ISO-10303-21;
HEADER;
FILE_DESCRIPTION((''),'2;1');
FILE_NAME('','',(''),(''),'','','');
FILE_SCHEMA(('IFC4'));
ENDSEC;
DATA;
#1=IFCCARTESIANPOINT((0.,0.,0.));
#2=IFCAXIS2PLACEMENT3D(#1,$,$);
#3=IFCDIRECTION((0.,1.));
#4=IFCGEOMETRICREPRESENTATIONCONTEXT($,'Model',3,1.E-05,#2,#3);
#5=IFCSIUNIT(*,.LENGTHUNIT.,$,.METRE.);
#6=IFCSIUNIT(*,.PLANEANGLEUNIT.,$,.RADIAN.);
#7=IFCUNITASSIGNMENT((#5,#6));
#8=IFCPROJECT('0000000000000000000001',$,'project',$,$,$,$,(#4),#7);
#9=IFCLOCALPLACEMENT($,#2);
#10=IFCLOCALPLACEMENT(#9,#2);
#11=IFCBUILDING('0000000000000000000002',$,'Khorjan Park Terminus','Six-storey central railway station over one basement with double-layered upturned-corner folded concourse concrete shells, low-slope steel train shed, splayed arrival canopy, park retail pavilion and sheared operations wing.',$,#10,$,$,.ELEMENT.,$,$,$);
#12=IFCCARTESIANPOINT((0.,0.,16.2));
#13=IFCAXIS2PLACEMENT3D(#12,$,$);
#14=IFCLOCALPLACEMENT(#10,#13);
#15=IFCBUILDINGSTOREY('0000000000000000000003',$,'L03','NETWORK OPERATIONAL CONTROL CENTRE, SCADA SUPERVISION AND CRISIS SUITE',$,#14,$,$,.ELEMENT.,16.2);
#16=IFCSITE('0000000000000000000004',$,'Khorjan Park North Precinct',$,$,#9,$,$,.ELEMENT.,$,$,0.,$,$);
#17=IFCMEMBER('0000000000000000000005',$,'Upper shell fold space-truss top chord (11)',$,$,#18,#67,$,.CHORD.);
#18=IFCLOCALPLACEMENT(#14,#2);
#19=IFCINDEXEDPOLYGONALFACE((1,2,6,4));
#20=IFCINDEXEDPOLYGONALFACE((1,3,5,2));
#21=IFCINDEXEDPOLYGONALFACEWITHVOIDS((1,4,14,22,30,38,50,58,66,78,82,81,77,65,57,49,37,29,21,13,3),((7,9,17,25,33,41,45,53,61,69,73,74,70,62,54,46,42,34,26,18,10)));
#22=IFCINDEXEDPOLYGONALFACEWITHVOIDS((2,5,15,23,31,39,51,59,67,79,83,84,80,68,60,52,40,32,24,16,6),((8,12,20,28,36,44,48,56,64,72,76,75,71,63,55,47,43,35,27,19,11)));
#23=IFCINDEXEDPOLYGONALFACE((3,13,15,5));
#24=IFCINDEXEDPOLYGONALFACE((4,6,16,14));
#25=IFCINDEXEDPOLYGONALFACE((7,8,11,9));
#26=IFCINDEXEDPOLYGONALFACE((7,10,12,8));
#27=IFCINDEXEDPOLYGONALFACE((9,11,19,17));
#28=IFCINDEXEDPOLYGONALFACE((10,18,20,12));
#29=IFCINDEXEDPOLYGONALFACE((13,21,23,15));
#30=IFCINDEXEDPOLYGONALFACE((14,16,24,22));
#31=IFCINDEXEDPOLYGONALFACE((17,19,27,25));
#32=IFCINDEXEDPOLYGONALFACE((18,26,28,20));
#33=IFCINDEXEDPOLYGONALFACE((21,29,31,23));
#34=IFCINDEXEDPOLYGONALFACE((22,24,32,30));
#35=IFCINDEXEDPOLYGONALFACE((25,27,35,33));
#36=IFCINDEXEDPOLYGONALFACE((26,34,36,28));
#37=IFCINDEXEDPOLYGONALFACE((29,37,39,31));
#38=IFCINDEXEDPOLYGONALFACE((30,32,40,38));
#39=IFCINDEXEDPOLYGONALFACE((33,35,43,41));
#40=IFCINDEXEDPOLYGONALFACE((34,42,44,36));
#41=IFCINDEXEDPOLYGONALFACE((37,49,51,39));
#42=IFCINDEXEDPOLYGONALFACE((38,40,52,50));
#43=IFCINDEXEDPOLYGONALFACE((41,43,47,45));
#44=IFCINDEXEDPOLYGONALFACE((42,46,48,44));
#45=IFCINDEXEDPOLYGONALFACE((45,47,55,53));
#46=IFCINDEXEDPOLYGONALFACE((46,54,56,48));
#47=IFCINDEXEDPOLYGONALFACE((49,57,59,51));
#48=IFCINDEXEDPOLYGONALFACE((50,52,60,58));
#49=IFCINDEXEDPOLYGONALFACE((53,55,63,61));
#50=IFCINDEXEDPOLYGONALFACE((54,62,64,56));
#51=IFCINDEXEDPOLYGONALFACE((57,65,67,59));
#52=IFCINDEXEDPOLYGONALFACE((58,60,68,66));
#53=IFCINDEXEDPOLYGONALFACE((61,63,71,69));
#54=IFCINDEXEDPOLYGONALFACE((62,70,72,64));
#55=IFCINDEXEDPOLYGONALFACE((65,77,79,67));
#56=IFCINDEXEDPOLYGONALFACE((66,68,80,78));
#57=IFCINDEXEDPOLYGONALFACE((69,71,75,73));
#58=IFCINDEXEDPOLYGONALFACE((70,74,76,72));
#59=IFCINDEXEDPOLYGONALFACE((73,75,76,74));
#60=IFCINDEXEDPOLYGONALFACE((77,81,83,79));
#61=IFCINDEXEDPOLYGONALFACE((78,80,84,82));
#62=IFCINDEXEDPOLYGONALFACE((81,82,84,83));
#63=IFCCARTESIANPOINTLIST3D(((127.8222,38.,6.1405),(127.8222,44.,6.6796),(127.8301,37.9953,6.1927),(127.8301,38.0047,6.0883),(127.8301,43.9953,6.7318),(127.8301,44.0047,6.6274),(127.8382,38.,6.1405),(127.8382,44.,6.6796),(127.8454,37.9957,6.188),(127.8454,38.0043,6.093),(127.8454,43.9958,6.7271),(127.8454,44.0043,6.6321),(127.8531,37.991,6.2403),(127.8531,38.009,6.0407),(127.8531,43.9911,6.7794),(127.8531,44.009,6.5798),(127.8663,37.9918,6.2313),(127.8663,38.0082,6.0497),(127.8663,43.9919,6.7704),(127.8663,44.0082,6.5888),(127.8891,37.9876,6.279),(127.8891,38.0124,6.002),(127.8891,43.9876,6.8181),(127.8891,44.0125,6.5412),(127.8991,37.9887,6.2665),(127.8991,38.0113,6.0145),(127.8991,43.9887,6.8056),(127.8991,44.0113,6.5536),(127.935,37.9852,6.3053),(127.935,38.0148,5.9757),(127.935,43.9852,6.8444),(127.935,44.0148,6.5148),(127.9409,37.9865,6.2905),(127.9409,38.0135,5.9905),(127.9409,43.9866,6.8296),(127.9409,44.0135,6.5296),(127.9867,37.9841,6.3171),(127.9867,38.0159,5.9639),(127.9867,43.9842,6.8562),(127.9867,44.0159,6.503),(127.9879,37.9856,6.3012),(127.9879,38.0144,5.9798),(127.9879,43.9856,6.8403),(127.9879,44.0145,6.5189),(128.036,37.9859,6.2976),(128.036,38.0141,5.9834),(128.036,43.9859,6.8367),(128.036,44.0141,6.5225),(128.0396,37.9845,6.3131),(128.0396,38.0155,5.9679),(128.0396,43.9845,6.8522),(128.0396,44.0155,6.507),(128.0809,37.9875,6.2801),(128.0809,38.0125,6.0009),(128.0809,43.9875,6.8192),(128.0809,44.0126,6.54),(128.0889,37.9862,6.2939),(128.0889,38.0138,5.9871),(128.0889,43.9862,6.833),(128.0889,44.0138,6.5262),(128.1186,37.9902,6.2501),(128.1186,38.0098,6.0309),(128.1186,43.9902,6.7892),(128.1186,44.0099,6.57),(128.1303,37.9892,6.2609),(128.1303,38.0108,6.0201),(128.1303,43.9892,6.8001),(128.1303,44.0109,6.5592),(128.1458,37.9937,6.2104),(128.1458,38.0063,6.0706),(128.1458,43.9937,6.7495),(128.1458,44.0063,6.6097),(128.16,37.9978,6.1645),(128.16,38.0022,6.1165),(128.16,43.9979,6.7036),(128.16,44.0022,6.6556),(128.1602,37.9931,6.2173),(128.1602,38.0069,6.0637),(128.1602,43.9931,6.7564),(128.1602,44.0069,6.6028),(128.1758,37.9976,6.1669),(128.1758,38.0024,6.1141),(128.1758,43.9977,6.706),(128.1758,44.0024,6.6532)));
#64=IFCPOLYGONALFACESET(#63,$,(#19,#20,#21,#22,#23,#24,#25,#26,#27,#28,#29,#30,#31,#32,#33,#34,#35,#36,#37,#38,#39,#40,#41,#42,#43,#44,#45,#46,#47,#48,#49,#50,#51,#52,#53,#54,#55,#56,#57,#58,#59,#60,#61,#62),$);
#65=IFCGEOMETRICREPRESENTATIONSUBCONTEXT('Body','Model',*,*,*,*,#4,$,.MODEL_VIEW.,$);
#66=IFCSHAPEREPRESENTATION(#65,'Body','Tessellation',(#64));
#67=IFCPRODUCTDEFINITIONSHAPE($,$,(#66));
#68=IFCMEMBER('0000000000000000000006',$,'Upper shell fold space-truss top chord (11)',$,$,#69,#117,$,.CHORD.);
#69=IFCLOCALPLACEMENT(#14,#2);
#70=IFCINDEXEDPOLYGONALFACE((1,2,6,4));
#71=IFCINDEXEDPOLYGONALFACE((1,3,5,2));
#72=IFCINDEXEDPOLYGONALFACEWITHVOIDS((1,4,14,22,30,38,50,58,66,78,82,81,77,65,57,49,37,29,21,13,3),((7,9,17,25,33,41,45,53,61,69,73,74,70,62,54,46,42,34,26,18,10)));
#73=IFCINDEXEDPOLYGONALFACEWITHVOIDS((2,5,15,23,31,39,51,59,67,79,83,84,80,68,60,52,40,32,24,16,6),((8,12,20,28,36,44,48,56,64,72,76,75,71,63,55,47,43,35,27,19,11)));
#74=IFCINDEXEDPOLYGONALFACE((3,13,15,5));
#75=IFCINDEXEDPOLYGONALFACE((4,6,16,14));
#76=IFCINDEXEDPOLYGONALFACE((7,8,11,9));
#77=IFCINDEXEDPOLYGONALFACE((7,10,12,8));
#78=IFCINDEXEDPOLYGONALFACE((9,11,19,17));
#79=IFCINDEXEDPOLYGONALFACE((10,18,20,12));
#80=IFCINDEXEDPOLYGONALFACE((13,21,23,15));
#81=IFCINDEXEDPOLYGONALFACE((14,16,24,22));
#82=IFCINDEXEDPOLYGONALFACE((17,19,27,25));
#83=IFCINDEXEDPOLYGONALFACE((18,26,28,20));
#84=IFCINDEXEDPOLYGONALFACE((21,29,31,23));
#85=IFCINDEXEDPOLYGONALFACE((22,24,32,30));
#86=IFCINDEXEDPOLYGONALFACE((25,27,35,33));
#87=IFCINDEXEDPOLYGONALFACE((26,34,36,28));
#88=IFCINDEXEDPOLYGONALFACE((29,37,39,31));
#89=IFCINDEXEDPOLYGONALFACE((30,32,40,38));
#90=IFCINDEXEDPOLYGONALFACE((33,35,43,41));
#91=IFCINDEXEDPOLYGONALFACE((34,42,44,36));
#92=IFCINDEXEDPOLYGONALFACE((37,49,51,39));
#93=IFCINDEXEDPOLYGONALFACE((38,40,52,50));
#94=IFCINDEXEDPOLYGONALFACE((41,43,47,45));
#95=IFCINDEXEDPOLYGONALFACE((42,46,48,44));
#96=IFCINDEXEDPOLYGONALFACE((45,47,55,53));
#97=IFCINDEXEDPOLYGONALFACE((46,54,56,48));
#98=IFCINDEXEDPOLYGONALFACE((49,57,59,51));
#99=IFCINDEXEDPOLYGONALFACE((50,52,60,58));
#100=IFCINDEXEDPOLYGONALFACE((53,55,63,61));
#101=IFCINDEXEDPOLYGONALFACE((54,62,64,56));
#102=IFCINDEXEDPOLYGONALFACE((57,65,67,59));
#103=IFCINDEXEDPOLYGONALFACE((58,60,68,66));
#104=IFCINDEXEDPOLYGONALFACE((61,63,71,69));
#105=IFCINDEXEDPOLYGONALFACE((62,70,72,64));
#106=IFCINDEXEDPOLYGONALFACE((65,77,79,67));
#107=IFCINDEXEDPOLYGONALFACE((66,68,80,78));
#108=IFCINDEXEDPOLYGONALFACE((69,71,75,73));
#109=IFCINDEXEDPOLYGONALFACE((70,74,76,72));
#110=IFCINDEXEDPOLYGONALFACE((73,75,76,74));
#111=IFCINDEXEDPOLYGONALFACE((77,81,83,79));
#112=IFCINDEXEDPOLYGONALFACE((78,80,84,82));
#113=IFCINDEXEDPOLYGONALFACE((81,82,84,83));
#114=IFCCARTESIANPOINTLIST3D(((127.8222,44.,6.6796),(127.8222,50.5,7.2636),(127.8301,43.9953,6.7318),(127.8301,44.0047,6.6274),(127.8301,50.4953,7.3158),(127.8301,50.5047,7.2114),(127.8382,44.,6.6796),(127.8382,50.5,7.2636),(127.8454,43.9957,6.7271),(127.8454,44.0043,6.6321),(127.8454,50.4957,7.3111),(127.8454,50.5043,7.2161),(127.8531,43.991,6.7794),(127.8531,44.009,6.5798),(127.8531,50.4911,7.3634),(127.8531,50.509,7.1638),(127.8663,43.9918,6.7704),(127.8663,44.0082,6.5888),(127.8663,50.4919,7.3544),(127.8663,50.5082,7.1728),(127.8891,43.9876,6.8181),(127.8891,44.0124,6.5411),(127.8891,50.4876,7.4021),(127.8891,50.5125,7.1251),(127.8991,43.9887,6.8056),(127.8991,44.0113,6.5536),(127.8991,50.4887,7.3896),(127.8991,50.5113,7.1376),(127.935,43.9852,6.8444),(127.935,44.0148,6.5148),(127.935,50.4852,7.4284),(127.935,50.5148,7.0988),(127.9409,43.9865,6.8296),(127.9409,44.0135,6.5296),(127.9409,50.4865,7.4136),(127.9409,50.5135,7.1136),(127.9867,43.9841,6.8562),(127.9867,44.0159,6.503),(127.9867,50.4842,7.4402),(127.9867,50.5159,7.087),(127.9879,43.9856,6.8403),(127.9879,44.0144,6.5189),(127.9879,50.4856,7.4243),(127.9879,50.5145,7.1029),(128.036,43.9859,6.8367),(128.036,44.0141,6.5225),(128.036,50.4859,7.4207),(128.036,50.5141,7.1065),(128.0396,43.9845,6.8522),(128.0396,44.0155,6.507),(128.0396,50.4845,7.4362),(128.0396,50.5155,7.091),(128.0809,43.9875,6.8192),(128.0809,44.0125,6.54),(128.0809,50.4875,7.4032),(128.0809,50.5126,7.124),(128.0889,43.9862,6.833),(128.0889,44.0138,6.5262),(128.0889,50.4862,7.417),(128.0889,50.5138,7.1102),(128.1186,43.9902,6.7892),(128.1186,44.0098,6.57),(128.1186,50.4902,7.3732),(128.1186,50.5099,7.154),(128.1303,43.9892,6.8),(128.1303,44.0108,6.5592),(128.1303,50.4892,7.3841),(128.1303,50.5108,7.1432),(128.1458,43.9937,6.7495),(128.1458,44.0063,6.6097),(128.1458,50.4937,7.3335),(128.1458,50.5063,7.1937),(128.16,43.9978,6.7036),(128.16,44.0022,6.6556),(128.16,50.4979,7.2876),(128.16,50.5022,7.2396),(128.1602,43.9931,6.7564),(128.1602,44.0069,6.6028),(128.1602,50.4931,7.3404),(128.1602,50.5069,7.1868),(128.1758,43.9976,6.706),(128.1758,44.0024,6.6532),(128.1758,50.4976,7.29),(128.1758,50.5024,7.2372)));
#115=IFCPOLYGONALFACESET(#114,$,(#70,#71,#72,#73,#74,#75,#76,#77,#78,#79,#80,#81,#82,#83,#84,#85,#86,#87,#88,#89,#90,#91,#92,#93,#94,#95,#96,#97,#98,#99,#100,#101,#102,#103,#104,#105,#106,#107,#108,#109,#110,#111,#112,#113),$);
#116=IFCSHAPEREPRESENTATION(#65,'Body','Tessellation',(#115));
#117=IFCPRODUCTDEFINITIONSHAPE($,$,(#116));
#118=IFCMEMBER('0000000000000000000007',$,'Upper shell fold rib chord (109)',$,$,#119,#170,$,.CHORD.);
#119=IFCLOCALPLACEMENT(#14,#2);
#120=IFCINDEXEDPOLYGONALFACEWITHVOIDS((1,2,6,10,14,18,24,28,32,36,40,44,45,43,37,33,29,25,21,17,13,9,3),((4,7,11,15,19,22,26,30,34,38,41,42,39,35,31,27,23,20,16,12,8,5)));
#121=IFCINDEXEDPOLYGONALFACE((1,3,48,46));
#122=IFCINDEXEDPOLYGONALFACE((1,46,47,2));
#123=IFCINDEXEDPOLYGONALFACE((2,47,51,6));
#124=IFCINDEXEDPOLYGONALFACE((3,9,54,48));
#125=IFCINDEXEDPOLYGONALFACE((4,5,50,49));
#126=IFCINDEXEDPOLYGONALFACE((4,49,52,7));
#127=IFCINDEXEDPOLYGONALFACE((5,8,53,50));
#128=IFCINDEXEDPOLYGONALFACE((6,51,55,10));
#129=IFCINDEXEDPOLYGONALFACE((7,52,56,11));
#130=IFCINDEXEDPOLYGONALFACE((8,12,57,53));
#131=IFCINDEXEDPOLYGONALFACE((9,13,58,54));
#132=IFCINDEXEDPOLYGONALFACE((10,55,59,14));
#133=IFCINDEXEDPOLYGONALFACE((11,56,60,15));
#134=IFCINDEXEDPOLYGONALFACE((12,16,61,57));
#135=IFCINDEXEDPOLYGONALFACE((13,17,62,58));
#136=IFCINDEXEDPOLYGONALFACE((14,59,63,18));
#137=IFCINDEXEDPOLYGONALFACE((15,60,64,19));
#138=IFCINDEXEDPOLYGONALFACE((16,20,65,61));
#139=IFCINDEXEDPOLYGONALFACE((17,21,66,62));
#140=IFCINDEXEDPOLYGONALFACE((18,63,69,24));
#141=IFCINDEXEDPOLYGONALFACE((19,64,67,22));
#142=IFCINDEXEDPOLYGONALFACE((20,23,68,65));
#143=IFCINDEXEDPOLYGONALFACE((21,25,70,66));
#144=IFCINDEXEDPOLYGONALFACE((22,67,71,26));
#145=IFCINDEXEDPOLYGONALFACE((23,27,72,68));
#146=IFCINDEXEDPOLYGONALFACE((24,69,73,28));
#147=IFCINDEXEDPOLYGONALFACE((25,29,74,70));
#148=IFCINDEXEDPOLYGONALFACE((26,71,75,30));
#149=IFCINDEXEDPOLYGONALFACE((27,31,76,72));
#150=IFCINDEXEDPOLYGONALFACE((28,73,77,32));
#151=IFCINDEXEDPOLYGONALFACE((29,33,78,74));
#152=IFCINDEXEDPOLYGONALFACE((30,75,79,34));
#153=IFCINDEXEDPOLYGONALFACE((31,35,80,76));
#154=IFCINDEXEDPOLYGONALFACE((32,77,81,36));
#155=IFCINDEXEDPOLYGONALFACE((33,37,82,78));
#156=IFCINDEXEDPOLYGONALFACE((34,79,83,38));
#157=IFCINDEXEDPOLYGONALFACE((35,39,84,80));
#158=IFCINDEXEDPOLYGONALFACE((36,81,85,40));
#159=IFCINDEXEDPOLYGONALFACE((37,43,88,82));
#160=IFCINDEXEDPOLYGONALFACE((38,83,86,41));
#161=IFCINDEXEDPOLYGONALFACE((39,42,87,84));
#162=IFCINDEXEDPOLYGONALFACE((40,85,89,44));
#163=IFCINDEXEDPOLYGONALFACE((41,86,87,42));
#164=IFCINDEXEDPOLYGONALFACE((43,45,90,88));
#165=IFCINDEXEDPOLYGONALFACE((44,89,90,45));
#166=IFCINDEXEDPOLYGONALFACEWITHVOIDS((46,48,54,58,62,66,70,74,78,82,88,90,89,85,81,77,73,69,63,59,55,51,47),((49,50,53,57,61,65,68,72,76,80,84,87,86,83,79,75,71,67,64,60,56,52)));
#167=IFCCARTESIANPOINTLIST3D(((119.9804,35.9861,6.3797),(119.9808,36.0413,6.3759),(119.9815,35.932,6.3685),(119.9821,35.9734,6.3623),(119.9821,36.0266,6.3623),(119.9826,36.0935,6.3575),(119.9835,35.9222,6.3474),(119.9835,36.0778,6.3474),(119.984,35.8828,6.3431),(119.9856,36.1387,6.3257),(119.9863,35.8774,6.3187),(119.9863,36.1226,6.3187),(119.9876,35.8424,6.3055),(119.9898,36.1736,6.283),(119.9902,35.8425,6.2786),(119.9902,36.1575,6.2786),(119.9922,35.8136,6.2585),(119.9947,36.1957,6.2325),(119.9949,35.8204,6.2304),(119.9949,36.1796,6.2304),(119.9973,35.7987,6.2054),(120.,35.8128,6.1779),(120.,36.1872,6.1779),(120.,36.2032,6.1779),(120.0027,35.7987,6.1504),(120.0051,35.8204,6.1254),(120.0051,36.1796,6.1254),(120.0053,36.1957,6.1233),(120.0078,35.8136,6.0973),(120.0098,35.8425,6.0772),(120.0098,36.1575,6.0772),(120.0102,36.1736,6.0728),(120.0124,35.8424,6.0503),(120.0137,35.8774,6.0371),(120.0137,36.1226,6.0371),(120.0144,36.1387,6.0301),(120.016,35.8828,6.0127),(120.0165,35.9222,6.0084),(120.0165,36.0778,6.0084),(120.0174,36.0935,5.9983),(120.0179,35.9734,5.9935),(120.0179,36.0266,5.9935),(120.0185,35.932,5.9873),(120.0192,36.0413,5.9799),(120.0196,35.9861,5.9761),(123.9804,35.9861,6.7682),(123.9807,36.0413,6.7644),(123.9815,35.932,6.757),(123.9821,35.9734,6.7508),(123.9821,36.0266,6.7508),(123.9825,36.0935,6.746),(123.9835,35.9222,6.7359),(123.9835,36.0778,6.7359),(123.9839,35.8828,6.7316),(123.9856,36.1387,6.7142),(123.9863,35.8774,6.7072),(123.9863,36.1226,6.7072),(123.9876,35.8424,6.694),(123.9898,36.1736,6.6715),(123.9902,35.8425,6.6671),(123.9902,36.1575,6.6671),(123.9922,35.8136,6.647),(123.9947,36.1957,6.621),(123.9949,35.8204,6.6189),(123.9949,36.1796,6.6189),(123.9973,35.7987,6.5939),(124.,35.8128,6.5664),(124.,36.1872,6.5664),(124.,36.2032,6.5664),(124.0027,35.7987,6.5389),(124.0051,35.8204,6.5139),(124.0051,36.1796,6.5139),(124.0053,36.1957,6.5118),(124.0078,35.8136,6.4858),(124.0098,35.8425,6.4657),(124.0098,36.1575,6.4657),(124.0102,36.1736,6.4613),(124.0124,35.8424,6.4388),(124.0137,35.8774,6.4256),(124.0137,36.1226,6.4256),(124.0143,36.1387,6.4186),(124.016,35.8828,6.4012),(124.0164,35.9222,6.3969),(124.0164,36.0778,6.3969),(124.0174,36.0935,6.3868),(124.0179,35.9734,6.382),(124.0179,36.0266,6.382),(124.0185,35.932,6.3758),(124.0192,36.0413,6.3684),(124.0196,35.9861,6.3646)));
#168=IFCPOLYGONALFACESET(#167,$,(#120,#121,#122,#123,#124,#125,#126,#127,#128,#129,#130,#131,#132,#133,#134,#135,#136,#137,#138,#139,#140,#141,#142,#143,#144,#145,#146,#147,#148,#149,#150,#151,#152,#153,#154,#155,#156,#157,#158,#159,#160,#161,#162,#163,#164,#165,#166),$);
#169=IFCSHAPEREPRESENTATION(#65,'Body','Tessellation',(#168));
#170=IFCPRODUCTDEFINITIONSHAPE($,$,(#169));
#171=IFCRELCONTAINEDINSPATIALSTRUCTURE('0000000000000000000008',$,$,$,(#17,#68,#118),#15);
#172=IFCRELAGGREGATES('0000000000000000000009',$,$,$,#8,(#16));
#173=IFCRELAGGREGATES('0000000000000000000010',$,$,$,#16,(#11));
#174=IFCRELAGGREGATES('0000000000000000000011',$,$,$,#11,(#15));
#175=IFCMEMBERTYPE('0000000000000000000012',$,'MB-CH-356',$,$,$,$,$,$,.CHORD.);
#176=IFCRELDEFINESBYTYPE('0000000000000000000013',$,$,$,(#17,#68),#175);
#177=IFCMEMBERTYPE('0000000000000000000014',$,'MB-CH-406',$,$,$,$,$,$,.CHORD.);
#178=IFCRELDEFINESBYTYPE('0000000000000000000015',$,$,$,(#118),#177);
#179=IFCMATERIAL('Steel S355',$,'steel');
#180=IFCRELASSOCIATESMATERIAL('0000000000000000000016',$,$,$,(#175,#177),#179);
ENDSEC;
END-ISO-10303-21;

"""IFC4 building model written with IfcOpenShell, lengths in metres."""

from ifc_helpers import new_model, si_unit, direction, frame, origin, origin_2d, place, context, subcontext, project, spatial, hollow_circle, extrude, material, material_profile, profile_set, type_object, element, save


model = new_model("IFC4")

# Units and contexts
model_context = context("Model", 3, precision=1e-05, world=origin(), true_north=direction((0.0, 1.0)))
body_context = subcontext(model_context, "Body", "Model", "MODEL_VIEW")
ifc_project = project(units=[si_unit("LENGTHUNIT", "METRE"), si_unit("PLANEANGLEUNIT", "RADIAN")], contexts=[model_context])

# Site, building, storey
site_placement = place(None, origin())
site = spatial("IfcSite", under=ifc_project, at=site_placement, Name="Khorjan Park North Precinct", CompositionType="ELEMENT", RefElevation=0.0)
building_placement = place(site_placement, origin())
building = spatial("IfcBuilding", under=site, at=building_placement, Name="Khorjan Park Terminus", Description="Six-storey central railway station over one basement with double-layered upturned-corner folded concourse concrete shells, low-slope steel train shed, splayed arrival canopy, park retail pavilion and sheared operations wing.", CompositionType="ELEMENT")
storey_placement = place(building_placement, frame((0.0, 0.0, 16.2)))
storey = spatial("IfcBuildingStorey", under=building, at=storey_placement, Name="L03", Description="NETWORK OPERATIONAL CONTROL CENTRE, SCADA SUPERVISION AND CRISIS SUITE", CompositionType="ELEMENT", Elevation=16.2)

# Members
ifc_material = material(Name="Steel S355", Category="steel")
ifc_material_profile_1 = material_profile(ifc_material, hollow_circle(Radius=0.1778, WallThickness=0.016, at=origin_2d()), Name="CHS 355.6x16")
ifc_profile_set_1 = profile_set([ifc_material_profile_1], Name="Steel S355")
member_type_1 = type_object("IfcMemberType", Name="MB-CH-356", PredefinedType="CHORD", material=ifc_profile_set_1)
member_1_placement = place(storey_placement, frame((128.0, 38.0, 6.1405), z_axis=(0.0, 0.995988, 0.08949), x_axis=(-1.0, 0.0, 0.0)))
element("IfcMember", 1, at=member_1_placement, inside=storey, type_object=member_type_1, Name="Upper shell fold space-truss top chord (11)", PredefinedType="CHORD", context=body_context, shape_type="SweptSolid", body=[
    extrude(hollow_circle(Radius=0.1778, WallThickness=0.016, at=origin_2d()), origin(), (0.0, 0.0, 1.0), 6.0242),
])
member_2_placement = place(storey_placement, frame((128.0, 44.0, 6.6796), z_axis=(0.0, 0.995988, 0.089486), x_axis=(-1.0, 0.0, 0.0)))
element("IfcMember", 2, at=member_2_placement, inside=storey, type_object=member_type_1, Name="Upper shell fold space-truss top chord (11)", PredefinedType="CHORD", context=body_context, shape_type="SweptSolid", body=[
    extrude(hollow_circle(Radius=0.1778, WallThickness=0.016, at=origin_2d()), origin(), (0.0, 0.0, 1.0), 6.5262),
])
ifc_material_profile_2 = material_profile(ifc_material, hollow_circle(Radius=0.2032, WallThickness=0.016, at=origin_2d()), Name="CHS 406.4x16")
ifc_profile_set_2 = profile_set([ifc_material_profile_2], Name="Steel S355")
member_type_2 = type_object("IfcMemberType", Name="MB-CH-406", PredefinedType="CHORD", material=ifc_profile_set_2)
member_3_placement = place(storey_placement, frame((120.0, 36.0, 6.1779), z_axis=(0.995316, 0.0, 0.09667), x_axis=(0.0, 1.0, 0.0)))
element("IfcMember", 3, at=member_3_placement, inside=storey, type_object=member_type_2, Name="Upper shell fold rib chord (109)", PredefinedType="CHORD", context=body_context, shape_type="SweptSolid", body=[
    extrude(hollow_circle(Radius=0.2032, WallThickness=0.016, at=origin_2d()), origin(), (0.0, 0.0, 1.0), 4.0188),
])

save(model, "model.ifc")
